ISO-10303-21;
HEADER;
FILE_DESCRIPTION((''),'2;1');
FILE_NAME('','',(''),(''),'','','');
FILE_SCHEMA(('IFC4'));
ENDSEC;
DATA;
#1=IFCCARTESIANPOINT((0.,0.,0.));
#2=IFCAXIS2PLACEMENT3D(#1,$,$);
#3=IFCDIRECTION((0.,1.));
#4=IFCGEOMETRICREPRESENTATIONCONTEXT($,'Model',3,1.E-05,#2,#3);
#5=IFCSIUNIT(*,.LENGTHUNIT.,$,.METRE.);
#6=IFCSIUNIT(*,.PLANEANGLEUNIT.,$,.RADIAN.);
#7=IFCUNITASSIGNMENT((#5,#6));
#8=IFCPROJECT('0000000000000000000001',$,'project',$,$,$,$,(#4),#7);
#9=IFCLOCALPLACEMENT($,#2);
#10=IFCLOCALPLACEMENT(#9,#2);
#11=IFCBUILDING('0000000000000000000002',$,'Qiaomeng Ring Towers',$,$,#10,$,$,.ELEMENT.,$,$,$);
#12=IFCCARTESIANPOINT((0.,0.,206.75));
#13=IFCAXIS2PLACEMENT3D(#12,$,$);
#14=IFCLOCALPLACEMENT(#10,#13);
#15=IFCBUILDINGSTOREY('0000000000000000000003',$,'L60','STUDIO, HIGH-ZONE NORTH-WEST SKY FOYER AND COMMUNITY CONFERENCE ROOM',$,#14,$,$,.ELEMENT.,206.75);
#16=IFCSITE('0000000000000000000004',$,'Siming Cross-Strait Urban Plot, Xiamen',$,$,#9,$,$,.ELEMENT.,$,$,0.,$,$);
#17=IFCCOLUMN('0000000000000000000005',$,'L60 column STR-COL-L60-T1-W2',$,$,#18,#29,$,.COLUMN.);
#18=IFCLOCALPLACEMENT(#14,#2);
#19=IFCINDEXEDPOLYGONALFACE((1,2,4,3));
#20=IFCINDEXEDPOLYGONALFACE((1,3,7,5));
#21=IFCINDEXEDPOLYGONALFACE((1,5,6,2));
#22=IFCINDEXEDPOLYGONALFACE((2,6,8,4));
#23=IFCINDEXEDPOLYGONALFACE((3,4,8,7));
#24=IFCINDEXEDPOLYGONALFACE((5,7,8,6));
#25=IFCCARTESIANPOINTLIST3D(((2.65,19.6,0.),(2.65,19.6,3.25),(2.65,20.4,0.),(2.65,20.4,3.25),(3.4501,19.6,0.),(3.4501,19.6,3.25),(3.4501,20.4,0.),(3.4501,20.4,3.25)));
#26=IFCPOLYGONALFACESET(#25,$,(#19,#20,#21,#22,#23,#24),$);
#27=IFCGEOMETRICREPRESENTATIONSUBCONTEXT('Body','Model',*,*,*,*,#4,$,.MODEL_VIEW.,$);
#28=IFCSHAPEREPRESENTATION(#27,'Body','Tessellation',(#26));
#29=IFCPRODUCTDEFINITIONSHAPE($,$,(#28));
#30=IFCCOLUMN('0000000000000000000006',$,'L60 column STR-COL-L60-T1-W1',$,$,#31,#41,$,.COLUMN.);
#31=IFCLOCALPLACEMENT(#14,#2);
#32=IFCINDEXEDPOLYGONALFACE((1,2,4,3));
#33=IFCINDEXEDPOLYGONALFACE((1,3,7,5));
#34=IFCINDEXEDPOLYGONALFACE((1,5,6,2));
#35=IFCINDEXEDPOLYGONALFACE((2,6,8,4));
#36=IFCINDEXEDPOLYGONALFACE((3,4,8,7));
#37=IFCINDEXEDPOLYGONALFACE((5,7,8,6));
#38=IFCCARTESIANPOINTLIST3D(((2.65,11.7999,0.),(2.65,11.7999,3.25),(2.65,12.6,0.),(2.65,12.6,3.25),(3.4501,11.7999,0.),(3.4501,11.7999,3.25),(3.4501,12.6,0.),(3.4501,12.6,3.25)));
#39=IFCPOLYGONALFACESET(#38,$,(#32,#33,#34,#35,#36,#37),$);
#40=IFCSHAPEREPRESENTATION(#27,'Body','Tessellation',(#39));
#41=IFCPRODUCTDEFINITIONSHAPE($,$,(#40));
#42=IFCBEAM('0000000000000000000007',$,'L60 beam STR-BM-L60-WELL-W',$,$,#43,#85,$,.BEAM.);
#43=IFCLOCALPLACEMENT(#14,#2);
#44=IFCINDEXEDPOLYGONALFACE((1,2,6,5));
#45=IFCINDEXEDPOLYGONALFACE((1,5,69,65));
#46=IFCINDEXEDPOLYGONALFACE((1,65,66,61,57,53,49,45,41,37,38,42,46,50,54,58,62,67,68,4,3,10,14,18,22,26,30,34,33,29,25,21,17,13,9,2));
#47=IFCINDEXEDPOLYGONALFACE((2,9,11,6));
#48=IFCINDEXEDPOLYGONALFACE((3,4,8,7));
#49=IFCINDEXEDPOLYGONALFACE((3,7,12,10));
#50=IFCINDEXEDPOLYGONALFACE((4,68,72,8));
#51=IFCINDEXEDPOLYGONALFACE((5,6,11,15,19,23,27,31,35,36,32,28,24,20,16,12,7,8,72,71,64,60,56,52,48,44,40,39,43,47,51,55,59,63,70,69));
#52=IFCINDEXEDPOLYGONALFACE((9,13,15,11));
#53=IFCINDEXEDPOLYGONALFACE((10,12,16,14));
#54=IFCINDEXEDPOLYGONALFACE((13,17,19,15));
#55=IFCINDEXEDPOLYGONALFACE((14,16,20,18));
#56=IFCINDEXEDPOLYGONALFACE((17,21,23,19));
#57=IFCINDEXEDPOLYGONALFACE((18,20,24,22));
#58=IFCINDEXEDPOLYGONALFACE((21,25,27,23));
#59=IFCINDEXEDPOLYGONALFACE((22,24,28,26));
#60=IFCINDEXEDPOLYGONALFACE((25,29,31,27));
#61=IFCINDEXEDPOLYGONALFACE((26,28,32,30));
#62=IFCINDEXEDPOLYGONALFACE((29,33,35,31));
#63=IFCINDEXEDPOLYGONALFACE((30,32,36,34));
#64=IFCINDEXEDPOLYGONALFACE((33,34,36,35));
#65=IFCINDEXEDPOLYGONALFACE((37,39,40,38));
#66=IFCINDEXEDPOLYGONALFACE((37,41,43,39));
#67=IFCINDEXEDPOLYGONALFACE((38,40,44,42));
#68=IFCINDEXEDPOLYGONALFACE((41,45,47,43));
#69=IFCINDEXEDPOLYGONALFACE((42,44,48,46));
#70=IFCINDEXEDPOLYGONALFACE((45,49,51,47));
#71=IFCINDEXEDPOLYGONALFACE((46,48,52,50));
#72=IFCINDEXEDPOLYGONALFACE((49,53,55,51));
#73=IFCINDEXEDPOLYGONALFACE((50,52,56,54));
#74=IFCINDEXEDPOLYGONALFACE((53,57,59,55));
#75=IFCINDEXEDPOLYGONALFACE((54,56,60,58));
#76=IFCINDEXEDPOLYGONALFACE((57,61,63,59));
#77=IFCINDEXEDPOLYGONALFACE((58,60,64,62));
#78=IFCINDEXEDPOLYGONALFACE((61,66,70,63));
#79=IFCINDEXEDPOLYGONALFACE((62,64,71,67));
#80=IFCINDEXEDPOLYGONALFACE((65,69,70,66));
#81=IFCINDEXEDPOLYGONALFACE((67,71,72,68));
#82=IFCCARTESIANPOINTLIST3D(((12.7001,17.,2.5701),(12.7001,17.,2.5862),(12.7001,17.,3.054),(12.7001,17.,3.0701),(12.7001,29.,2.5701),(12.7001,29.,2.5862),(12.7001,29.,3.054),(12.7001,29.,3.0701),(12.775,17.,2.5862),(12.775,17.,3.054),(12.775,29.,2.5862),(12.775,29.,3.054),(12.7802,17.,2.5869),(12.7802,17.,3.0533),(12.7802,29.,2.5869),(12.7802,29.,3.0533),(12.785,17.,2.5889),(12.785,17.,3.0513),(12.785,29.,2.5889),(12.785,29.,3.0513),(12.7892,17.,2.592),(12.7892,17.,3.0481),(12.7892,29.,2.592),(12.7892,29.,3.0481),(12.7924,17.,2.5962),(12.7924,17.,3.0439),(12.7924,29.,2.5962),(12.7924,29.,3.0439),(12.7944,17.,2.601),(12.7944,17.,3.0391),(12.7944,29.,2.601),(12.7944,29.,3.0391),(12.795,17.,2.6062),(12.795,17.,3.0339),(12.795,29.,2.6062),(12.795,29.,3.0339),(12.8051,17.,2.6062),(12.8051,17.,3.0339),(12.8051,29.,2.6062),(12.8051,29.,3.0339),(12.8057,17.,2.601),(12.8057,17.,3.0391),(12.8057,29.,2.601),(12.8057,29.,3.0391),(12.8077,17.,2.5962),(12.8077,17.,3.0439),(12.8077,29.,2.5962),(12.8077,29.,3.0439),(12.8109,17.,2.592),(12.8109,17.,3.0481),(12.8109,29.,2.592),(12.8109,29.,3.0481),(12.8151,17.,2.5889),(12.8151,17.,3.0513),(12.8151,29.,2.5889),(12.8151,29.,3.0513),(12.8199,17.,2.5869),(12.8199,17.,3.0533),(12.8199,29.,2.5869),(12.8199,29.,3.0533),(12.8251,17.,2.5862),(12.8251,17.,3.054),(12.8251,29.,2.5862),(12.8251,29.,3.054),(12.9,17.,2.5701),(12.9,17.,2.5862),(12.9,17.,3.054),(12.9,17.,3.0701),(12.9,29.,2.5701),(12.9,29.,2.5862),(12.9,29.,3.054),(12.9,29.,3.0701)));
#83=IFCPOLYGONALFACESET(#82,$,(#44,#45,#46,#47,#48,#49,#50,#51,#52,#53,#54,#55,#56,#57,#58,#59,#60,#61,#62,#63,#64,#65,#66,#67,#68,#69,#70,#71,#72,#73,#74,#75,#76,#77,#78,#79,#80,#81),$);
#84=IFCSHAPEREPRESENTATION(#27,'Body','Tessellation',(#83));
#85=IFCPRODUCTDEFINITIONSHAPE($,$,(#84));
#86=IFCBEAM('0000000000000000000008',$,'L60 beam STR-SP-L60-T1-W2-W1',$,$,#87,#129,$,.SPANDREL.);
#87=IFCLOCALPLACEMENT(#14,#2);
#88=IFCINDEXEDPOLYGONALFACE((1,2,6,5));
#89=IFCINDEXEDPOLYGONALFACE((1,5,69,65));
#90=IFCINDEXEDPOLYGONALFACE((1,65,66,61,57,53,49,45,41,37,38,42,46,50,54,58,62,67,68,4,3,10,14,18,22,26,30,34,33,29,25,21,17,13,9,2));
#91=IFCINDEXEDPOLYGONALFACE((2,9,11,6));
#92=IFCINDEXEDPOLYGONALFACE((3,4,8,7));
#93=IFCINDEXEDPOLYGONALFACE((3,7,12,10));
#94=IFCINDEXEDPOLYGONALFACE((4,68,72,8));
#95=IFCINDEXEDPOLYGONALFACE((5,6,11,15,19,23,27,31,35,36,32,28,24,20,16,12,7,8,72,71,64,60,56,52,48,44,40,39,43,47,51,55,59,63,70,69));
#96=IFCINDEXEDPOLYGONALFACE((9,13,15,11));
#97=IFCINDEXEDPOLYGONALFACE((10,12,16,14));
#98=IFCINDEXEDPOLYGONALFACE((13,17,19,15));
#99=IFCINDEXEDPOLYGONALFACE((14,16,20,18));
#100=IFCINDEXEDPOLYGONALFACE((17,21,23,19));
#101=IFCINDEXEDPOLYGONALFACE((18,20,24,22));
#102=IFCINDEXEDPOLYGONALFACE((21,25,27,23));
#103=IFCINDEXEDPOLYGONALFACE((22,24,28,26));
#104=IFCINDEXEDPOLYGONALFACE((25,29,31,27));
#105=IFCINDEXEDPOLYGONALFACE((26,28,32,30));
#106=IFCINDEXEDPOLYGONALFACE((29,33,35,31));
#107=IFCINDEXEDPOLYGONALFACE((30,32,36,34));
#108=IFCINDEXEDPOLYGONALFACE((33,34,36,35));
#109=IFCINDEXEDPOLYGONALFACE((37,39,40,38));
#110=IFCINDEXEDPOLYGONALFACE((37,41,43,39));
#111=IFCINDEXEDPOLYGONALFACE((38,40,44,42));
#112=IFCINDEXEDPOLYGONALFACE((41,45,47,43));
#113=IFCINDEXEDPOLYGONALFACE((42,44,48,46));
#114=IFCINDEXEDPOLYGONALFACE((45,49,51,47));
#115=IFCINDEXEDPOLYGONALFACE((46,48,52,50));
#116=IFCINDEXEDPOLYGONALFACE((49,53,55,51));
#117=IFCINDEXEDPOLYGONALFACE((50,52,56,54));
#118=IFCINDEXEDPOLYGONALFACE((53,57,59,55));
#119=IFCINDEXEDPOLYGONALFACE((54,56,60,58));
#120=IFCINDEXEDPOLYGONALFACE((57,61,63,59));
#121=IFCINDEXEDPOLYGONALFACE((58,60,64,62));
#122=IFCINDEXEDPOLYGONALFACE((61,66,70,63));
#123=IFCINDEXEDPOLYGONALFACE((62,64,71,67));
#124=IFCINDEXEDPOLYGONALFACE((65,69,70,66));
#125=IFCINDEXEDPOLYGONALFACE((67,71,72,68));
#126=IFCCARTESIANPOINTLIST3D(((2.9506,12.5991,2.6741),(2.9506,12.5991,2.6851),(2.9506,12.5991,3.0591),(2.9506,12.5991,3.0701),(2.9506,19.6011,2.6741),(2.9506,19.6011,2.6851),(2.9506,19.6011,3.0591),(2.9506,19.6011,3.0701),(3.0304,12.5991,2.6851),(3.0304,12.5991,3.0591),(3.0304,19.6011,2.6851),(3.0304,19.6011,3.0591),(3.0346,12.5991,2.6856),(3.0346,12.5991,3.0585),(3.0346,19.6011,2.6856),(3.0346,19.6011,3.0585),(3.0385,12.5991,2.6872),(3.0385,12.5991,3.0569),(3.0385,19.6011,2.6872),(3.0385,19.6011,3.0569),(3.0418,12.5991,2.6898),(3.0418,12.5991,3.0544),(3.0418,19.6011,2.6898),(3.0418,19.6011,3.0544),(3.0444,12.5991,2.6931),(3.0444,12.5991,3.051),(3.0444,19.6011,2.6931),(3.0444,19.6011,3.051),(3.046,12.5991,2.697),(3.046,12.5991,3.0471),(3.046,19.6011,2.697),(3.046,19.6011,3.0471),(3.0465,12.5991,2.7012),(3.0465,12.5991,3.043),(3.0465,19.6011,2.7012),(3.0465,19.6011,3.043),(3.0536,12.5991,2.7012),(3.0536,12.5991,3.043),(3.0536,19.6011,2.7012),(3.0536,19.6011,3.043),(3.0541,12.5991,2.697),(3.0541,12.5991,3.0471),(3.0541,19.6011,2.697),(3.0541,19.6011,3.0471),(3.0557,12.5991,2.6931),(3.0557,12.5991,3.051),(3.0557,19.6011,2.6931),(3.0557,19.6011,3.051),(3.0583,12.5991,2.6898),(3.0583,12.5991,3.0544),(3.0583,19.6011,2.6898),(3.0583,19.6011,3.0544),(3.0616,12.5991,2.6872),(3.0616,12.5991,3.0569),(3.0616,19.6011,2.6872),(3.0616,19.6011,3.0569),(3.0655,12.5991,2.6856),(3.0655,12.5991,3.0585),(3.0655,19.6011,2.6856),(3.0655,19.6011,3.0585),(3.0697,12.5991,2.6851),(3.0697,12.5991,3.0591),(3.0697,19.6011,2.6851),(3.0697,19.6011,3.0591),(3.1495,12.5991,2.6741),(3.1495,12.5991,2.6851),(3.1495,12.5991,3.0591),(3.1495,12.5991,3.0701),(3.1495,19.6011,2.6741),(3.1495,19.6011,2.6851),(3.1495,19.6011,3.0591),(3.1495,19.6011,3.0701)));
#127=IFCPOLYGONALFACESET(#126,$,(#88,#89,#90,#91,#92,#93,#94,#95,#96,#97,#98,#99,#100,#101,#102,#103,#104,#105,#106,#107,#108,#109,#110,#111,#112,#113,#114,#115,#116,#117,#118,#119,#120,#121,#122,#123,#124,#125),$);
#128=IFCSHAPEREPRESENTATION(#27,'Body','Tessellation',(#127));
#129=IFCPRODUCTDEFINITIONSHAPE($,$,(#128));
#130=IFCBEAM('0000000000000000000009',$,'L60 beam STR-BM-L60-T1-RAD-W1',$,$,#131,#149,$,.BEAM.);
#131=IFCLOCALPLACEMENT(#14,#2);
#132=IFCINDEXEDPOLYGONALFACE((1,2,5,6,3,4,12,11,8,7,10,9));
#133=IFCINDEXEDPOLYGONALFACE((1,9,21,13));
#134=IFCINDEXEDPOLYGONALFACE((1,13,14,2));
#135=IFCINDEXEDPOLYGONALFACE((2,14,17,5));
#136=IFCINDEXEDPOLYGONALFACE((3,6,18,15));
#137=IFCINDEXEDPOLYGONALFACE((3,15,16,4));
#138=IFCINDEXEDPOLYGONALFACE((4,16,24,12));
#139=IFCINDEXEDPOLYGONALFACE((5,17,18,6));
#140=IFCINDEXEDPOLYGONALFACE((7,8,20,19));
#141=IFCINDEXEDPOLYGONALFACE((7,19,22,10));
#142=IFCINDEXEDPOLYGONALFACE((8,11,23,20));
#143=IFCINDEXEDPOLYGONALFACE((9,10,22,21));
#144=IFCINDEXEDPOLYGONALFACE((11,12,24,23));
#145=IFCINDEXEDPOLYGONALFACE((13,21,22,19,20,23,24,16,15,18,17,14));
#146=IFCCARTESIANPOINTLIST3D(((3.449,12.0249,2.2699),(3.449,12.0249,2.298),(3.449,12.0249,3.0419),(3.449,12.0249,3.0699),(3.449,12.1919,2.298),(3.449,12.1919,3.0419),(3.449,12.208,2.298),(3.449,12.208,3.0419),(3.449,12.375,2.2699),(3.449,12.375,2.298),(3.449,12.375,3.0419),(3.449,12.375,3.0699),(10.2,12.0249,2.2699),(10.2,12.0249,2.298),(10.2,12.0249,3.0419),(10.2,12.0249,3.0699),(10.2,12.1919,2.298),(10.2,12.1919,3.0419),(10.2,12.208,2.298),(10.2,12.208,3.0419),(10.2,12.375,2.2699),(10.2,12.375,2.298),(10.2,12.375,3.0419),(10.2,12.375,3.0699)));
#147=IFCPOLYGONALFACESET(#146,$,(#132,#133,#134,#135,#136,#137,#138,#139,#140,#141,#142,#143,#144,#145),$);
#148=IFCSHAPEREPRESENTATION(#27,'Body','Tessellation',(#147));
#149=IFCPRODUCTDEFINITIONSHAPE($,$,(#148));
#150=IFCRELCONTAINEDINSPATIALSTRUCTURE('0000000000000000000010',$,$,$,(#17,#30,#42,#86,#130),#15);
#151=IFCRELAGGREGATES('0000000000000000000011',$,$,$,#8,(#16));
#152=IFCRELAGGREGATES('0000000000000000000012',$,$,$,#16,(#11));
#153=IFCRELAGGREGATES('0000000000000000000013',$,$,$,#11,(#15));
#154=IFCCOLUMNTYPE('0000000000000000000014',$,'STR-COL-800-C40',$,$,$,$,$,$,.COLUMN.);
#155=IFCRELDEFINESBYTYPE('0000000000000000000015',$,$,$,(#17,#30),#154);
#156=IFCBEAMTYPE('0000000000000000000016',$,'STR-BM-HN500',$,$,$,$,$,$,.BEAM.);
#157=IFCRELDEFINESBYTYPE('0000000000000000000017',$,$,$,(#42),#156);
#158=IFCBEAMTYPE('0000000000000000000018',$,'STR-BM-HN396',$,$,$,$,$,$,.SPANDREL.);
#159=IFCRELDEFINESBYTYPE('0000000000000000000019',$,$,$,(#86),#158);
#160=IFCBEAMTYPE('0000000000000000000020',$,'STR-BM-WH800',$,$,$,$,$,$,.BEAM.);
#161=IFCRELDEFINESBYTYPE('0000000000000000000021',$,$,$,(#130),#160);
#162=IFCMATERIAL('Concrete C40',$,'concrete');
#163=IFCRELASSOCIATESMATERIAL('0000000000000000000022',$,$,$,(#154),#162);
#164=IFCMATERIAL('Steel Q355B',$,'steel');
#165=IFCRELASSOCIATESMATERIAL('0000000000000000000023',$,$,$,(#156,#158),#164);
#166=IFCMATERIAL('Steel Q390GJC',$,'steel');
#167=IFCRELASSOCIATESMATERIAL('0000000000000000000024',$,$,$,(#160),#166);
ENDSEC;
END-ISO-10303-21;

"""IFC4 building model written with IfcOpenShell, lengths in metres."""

from ifc_helpers import new_model, si_unit, direction, frame, origin, origin_2d, place, context, subcontext, project, spatial, rectangle, i_section, extrude, source, transform, mapped, material, material_profile, profile_set, type_object, element, save


model = new_model("IFC4")

# Units and contexts
model_context = context("Model", 3, precision=1e-05, world=origin(), true_north=direction((0.0, 1.0)))
body_context = subcontext(model_context, "Body", "Model", "MODEL_VIEW")
ifc_project = project(units=[si_unit("LENGTHUNIT", "METRE"), si_unit("PLANEANGLEUNIT", "RADIAN")], contexts=[model_context])

# Site, building, storey
site_placement = place(None, origin())
site = spatial("IfcSite", under=ifc_project, at=site_placement, Name="Siming Cross-Strait Urban Plot, Xiamen", CompositionType="ELEMENT", RefElevation=0.0)
building_placement = place(site_placement, origin())
building = spatial("IfcBuilding", under=site, at=building_placement, Name="Qiaomeng Ring Towers", CompositionType="ELEMENT")
storey_placement = place(building_placement, frame((0.0, 0.0, 206.75)))
storey = spatial("IfcBuildingStorey", under=building, at=storey_placement, Name="L60", Description="STUDIO, HIGH-ZONE NORTH-WEST SKY FOYER AND COMMUNITY CONFERENCE ROOM", CompositionType="ELEMENT", Elevation=206.75)

# Columns
ifc_material_1 = material(Name="Concrete C40", Category="concrete")
ifc_material_profile_1 = material_profile(ifc_material_1, rectangle(XDim=0.8, YDim=0.8, at=origin_2d()), Name="RC COL 800x800")
ifc_profile_set_1 = profile_set([ifc_material_profile_1], Name="Concrete C40")
column_type = type_object("IfcColumnType", Name="STR-COL-800-C40", PredefinedType="COLUMN", material=ifc_profile_set_1)
shared_shape_1 = source(origin(), body_context, "Body", "SweptSolid", [
    extrude(rectangle(XDim=0.8, YDim=0.8, at=origin_2d()), origin(), (0.0, 0.0, 1.0), 3.25),
])
for number, where, z_axis, x_axis, name in (
    (1, (3.05, 20.0, 0.0), (0.0, 0.0, 1.0), (1.0, 0.0, 0.0), "L60 column STR-COL-L60-T1-W2"),
    (2, (3.05, 12.2, 0.0), (0.0, 0.0, 1.0), (1.0, 0.0, 0.0), "L60 column STR-COL-L60-T1-W1"),
):
    element("IfcColumn", number, at=place(storey_placement, frame(where, z_axis=z_axis, x_axis=x_axis)), inside=storey, type_object=column_type, Name=name, PredefinedType="COLUMN", context=body_context, shape_type="MappedRepresentation", body=[
        mapped(shared_shape_1, transform((0.0, 0.0, 0.0), x_axis=(1.0, 0.0, 0.0), y_axis=(0.0, 1.0, 0.0), z_axis=(0.0, 0.0, 1.0), scale=1.0)),
    ])

# Beams
ifc_material_2 = material(Name="Steel Q355B", Category="steel")
ifc_material_profile_2 = material_profile(ifc_material_2, i_section(OverallWidth=0.2, OverallDepth=0.5, WebThickness=0.01, FlangeThickness=0.0161, FilletRadius=0.02, at=origin_2d()), Name="HN 500x200x10x16")
ifc_profile_set_2 = profile_set([ifc_material_profile_2], Name="Steel Q355B")
beam_type_1 = type_object("IfcBeamType", Name="STR-BM-HN500", PredefinedType="BEAM", material=ifc_profile_set_2)
shared_shape_2 = source(origin(), body_context, "Body", "SweptSolid", [
    extrude(i_section(OverallWidth=0.2, OverallDepth=0.5, WebThickness=0.01, FlangeThickness=0.0161, FilletRadius=0.02, at=origin_2d()), origin(), (0.0, 0.0, 1.0), 12.0),
])
beam_1_placement = place(storey_placement, frame((12.8, 17.0, 2.8201), z_axis=(0.0, 1.0, 0.0), x_axis=(-1.0, 0.0, 0.0)))
element("IfcBeam", 3, at=beam_1_placement, inside=storey, type_object=beam_type_1, Name="L60 beam STR-BM-L60-WELL-W", PredefinedType="BEAM", context=body_context, shape_type="MappedRepresentation", body=[
    mapped(shared_shape_2, transform((0.0, 0.0, 0.0), x_axis=(1.0, 0.0, 0.0), y_axis=(0.0, 1.0, 0.0), z_axis=(0.0, 0.0, 1.0), scale=1.0)),
])
ifc_material_profile_3 = material_profile(ifc_material_2, i_section(OverallWidth=0.199, OverallDepth=0.396, WebThickness=0.0071, FlangeThickness=0.011, FilletRadius=0.0161, at=origin_2d()), Name="HN 396x199x7x11")
ifc_profile_set_3 = profile_set([ifc_material_profile_3], Name="Steel Q355B")
beam_type_2 = type_object("IfcBeamType", Name="STR-BM-HN396", PredefinedType="SPANDREL", material=ifc_profile_set_3)
shared_shape_3 = source(origin(), body_context, "Body", "SweptSolid", [
    extrude(i_section(OverallWidth=0.199, OverallDepth=0.396, WebThickness=0.0071, FlangeThickness=0.011, FilletRadius=0.0161, at=origin_2d()), origin(), (0.0, 0.0, 1.0), 7.002),
])
beam_2_placement = place(storey_placement, frame((3.05, 19.6011, 2.8721), z_axis=(0.0, -1.0, 0.0), x_axis=(1.0, 0.0, 0.0)))
element("IfcBeam", 4, at=beam_2_placement, inside=storey, type_object=beam_type_2, Name="L60 beam STR-SP-L60-T1-W2-W1", PredefinedType="SPANDREL", context=body_context, shape_type="MappedRepresentation", body=[
    mapped(shared_shape_3, transform((0.0, 0.0, 0.0), x_axis=(1.0, 0.0, 0.0), y_axis=(0.0, 1.0, 0.0), z_axis=(0.0, 0.0, 1.0), scale=1.0)),
])
ifc_material_3 = material(Name="Steel Q390GJC", Category="steel")
ifc_material_profile_4 = material_profile(ifc_material_3, i_section(OverallWidth=0.3501, OverallDepth=0.8, WebThickness=0.0161, FlangeThickness=0.0281, at=origin_2d()), Name="WH 800x350x16x28")
ifc_profile_set_4 = profile_set([ifc_material_profile_4], Name="Steel Q390GJC")
beam_type_3 = type_object("IfcBeamType", Name="STR-BM-WH800", PredefinedType="BEAM", material=ifc_profile_set_4)
shared_shape_4 = source(origin(), body_context, "Body", "SweptSolid", [
    extrude(i_section(OverallWidth=0.3501, OverallDepth=0.8, WebThickness=0.0161, FlangeThickness=0.0281, at=origin_2d()), origin(), (0.0, 0.0, 1.0), 6.751),
])
beam_3_placement = place(storey_placement, frame((3.449, 12.2, 2.6699), z_axis=(1.0, 0.0, 0.0), x_axis=(0.0, 1.0, 0.0)))
element("IfcBeam", 5, at=beam_3_placement, inside=storey, type_object=beam_type_3, Name="L60 beam STR-BM-L60-T1-RAD-W1", PredefinedType="BEAM", context=body_context, shape_type="MappedRepresentation", body=[
    mapped(shared_shape_4, transform((0.0, 0.0, 0.0), x_axis=(1.0, 0.0, 0.0), y_axis=(0.0, 1.0, 0.0), z_axis=(0.0, 0.0, 1.0), scale=1.0)),
])

save(model, "model.ifc")
